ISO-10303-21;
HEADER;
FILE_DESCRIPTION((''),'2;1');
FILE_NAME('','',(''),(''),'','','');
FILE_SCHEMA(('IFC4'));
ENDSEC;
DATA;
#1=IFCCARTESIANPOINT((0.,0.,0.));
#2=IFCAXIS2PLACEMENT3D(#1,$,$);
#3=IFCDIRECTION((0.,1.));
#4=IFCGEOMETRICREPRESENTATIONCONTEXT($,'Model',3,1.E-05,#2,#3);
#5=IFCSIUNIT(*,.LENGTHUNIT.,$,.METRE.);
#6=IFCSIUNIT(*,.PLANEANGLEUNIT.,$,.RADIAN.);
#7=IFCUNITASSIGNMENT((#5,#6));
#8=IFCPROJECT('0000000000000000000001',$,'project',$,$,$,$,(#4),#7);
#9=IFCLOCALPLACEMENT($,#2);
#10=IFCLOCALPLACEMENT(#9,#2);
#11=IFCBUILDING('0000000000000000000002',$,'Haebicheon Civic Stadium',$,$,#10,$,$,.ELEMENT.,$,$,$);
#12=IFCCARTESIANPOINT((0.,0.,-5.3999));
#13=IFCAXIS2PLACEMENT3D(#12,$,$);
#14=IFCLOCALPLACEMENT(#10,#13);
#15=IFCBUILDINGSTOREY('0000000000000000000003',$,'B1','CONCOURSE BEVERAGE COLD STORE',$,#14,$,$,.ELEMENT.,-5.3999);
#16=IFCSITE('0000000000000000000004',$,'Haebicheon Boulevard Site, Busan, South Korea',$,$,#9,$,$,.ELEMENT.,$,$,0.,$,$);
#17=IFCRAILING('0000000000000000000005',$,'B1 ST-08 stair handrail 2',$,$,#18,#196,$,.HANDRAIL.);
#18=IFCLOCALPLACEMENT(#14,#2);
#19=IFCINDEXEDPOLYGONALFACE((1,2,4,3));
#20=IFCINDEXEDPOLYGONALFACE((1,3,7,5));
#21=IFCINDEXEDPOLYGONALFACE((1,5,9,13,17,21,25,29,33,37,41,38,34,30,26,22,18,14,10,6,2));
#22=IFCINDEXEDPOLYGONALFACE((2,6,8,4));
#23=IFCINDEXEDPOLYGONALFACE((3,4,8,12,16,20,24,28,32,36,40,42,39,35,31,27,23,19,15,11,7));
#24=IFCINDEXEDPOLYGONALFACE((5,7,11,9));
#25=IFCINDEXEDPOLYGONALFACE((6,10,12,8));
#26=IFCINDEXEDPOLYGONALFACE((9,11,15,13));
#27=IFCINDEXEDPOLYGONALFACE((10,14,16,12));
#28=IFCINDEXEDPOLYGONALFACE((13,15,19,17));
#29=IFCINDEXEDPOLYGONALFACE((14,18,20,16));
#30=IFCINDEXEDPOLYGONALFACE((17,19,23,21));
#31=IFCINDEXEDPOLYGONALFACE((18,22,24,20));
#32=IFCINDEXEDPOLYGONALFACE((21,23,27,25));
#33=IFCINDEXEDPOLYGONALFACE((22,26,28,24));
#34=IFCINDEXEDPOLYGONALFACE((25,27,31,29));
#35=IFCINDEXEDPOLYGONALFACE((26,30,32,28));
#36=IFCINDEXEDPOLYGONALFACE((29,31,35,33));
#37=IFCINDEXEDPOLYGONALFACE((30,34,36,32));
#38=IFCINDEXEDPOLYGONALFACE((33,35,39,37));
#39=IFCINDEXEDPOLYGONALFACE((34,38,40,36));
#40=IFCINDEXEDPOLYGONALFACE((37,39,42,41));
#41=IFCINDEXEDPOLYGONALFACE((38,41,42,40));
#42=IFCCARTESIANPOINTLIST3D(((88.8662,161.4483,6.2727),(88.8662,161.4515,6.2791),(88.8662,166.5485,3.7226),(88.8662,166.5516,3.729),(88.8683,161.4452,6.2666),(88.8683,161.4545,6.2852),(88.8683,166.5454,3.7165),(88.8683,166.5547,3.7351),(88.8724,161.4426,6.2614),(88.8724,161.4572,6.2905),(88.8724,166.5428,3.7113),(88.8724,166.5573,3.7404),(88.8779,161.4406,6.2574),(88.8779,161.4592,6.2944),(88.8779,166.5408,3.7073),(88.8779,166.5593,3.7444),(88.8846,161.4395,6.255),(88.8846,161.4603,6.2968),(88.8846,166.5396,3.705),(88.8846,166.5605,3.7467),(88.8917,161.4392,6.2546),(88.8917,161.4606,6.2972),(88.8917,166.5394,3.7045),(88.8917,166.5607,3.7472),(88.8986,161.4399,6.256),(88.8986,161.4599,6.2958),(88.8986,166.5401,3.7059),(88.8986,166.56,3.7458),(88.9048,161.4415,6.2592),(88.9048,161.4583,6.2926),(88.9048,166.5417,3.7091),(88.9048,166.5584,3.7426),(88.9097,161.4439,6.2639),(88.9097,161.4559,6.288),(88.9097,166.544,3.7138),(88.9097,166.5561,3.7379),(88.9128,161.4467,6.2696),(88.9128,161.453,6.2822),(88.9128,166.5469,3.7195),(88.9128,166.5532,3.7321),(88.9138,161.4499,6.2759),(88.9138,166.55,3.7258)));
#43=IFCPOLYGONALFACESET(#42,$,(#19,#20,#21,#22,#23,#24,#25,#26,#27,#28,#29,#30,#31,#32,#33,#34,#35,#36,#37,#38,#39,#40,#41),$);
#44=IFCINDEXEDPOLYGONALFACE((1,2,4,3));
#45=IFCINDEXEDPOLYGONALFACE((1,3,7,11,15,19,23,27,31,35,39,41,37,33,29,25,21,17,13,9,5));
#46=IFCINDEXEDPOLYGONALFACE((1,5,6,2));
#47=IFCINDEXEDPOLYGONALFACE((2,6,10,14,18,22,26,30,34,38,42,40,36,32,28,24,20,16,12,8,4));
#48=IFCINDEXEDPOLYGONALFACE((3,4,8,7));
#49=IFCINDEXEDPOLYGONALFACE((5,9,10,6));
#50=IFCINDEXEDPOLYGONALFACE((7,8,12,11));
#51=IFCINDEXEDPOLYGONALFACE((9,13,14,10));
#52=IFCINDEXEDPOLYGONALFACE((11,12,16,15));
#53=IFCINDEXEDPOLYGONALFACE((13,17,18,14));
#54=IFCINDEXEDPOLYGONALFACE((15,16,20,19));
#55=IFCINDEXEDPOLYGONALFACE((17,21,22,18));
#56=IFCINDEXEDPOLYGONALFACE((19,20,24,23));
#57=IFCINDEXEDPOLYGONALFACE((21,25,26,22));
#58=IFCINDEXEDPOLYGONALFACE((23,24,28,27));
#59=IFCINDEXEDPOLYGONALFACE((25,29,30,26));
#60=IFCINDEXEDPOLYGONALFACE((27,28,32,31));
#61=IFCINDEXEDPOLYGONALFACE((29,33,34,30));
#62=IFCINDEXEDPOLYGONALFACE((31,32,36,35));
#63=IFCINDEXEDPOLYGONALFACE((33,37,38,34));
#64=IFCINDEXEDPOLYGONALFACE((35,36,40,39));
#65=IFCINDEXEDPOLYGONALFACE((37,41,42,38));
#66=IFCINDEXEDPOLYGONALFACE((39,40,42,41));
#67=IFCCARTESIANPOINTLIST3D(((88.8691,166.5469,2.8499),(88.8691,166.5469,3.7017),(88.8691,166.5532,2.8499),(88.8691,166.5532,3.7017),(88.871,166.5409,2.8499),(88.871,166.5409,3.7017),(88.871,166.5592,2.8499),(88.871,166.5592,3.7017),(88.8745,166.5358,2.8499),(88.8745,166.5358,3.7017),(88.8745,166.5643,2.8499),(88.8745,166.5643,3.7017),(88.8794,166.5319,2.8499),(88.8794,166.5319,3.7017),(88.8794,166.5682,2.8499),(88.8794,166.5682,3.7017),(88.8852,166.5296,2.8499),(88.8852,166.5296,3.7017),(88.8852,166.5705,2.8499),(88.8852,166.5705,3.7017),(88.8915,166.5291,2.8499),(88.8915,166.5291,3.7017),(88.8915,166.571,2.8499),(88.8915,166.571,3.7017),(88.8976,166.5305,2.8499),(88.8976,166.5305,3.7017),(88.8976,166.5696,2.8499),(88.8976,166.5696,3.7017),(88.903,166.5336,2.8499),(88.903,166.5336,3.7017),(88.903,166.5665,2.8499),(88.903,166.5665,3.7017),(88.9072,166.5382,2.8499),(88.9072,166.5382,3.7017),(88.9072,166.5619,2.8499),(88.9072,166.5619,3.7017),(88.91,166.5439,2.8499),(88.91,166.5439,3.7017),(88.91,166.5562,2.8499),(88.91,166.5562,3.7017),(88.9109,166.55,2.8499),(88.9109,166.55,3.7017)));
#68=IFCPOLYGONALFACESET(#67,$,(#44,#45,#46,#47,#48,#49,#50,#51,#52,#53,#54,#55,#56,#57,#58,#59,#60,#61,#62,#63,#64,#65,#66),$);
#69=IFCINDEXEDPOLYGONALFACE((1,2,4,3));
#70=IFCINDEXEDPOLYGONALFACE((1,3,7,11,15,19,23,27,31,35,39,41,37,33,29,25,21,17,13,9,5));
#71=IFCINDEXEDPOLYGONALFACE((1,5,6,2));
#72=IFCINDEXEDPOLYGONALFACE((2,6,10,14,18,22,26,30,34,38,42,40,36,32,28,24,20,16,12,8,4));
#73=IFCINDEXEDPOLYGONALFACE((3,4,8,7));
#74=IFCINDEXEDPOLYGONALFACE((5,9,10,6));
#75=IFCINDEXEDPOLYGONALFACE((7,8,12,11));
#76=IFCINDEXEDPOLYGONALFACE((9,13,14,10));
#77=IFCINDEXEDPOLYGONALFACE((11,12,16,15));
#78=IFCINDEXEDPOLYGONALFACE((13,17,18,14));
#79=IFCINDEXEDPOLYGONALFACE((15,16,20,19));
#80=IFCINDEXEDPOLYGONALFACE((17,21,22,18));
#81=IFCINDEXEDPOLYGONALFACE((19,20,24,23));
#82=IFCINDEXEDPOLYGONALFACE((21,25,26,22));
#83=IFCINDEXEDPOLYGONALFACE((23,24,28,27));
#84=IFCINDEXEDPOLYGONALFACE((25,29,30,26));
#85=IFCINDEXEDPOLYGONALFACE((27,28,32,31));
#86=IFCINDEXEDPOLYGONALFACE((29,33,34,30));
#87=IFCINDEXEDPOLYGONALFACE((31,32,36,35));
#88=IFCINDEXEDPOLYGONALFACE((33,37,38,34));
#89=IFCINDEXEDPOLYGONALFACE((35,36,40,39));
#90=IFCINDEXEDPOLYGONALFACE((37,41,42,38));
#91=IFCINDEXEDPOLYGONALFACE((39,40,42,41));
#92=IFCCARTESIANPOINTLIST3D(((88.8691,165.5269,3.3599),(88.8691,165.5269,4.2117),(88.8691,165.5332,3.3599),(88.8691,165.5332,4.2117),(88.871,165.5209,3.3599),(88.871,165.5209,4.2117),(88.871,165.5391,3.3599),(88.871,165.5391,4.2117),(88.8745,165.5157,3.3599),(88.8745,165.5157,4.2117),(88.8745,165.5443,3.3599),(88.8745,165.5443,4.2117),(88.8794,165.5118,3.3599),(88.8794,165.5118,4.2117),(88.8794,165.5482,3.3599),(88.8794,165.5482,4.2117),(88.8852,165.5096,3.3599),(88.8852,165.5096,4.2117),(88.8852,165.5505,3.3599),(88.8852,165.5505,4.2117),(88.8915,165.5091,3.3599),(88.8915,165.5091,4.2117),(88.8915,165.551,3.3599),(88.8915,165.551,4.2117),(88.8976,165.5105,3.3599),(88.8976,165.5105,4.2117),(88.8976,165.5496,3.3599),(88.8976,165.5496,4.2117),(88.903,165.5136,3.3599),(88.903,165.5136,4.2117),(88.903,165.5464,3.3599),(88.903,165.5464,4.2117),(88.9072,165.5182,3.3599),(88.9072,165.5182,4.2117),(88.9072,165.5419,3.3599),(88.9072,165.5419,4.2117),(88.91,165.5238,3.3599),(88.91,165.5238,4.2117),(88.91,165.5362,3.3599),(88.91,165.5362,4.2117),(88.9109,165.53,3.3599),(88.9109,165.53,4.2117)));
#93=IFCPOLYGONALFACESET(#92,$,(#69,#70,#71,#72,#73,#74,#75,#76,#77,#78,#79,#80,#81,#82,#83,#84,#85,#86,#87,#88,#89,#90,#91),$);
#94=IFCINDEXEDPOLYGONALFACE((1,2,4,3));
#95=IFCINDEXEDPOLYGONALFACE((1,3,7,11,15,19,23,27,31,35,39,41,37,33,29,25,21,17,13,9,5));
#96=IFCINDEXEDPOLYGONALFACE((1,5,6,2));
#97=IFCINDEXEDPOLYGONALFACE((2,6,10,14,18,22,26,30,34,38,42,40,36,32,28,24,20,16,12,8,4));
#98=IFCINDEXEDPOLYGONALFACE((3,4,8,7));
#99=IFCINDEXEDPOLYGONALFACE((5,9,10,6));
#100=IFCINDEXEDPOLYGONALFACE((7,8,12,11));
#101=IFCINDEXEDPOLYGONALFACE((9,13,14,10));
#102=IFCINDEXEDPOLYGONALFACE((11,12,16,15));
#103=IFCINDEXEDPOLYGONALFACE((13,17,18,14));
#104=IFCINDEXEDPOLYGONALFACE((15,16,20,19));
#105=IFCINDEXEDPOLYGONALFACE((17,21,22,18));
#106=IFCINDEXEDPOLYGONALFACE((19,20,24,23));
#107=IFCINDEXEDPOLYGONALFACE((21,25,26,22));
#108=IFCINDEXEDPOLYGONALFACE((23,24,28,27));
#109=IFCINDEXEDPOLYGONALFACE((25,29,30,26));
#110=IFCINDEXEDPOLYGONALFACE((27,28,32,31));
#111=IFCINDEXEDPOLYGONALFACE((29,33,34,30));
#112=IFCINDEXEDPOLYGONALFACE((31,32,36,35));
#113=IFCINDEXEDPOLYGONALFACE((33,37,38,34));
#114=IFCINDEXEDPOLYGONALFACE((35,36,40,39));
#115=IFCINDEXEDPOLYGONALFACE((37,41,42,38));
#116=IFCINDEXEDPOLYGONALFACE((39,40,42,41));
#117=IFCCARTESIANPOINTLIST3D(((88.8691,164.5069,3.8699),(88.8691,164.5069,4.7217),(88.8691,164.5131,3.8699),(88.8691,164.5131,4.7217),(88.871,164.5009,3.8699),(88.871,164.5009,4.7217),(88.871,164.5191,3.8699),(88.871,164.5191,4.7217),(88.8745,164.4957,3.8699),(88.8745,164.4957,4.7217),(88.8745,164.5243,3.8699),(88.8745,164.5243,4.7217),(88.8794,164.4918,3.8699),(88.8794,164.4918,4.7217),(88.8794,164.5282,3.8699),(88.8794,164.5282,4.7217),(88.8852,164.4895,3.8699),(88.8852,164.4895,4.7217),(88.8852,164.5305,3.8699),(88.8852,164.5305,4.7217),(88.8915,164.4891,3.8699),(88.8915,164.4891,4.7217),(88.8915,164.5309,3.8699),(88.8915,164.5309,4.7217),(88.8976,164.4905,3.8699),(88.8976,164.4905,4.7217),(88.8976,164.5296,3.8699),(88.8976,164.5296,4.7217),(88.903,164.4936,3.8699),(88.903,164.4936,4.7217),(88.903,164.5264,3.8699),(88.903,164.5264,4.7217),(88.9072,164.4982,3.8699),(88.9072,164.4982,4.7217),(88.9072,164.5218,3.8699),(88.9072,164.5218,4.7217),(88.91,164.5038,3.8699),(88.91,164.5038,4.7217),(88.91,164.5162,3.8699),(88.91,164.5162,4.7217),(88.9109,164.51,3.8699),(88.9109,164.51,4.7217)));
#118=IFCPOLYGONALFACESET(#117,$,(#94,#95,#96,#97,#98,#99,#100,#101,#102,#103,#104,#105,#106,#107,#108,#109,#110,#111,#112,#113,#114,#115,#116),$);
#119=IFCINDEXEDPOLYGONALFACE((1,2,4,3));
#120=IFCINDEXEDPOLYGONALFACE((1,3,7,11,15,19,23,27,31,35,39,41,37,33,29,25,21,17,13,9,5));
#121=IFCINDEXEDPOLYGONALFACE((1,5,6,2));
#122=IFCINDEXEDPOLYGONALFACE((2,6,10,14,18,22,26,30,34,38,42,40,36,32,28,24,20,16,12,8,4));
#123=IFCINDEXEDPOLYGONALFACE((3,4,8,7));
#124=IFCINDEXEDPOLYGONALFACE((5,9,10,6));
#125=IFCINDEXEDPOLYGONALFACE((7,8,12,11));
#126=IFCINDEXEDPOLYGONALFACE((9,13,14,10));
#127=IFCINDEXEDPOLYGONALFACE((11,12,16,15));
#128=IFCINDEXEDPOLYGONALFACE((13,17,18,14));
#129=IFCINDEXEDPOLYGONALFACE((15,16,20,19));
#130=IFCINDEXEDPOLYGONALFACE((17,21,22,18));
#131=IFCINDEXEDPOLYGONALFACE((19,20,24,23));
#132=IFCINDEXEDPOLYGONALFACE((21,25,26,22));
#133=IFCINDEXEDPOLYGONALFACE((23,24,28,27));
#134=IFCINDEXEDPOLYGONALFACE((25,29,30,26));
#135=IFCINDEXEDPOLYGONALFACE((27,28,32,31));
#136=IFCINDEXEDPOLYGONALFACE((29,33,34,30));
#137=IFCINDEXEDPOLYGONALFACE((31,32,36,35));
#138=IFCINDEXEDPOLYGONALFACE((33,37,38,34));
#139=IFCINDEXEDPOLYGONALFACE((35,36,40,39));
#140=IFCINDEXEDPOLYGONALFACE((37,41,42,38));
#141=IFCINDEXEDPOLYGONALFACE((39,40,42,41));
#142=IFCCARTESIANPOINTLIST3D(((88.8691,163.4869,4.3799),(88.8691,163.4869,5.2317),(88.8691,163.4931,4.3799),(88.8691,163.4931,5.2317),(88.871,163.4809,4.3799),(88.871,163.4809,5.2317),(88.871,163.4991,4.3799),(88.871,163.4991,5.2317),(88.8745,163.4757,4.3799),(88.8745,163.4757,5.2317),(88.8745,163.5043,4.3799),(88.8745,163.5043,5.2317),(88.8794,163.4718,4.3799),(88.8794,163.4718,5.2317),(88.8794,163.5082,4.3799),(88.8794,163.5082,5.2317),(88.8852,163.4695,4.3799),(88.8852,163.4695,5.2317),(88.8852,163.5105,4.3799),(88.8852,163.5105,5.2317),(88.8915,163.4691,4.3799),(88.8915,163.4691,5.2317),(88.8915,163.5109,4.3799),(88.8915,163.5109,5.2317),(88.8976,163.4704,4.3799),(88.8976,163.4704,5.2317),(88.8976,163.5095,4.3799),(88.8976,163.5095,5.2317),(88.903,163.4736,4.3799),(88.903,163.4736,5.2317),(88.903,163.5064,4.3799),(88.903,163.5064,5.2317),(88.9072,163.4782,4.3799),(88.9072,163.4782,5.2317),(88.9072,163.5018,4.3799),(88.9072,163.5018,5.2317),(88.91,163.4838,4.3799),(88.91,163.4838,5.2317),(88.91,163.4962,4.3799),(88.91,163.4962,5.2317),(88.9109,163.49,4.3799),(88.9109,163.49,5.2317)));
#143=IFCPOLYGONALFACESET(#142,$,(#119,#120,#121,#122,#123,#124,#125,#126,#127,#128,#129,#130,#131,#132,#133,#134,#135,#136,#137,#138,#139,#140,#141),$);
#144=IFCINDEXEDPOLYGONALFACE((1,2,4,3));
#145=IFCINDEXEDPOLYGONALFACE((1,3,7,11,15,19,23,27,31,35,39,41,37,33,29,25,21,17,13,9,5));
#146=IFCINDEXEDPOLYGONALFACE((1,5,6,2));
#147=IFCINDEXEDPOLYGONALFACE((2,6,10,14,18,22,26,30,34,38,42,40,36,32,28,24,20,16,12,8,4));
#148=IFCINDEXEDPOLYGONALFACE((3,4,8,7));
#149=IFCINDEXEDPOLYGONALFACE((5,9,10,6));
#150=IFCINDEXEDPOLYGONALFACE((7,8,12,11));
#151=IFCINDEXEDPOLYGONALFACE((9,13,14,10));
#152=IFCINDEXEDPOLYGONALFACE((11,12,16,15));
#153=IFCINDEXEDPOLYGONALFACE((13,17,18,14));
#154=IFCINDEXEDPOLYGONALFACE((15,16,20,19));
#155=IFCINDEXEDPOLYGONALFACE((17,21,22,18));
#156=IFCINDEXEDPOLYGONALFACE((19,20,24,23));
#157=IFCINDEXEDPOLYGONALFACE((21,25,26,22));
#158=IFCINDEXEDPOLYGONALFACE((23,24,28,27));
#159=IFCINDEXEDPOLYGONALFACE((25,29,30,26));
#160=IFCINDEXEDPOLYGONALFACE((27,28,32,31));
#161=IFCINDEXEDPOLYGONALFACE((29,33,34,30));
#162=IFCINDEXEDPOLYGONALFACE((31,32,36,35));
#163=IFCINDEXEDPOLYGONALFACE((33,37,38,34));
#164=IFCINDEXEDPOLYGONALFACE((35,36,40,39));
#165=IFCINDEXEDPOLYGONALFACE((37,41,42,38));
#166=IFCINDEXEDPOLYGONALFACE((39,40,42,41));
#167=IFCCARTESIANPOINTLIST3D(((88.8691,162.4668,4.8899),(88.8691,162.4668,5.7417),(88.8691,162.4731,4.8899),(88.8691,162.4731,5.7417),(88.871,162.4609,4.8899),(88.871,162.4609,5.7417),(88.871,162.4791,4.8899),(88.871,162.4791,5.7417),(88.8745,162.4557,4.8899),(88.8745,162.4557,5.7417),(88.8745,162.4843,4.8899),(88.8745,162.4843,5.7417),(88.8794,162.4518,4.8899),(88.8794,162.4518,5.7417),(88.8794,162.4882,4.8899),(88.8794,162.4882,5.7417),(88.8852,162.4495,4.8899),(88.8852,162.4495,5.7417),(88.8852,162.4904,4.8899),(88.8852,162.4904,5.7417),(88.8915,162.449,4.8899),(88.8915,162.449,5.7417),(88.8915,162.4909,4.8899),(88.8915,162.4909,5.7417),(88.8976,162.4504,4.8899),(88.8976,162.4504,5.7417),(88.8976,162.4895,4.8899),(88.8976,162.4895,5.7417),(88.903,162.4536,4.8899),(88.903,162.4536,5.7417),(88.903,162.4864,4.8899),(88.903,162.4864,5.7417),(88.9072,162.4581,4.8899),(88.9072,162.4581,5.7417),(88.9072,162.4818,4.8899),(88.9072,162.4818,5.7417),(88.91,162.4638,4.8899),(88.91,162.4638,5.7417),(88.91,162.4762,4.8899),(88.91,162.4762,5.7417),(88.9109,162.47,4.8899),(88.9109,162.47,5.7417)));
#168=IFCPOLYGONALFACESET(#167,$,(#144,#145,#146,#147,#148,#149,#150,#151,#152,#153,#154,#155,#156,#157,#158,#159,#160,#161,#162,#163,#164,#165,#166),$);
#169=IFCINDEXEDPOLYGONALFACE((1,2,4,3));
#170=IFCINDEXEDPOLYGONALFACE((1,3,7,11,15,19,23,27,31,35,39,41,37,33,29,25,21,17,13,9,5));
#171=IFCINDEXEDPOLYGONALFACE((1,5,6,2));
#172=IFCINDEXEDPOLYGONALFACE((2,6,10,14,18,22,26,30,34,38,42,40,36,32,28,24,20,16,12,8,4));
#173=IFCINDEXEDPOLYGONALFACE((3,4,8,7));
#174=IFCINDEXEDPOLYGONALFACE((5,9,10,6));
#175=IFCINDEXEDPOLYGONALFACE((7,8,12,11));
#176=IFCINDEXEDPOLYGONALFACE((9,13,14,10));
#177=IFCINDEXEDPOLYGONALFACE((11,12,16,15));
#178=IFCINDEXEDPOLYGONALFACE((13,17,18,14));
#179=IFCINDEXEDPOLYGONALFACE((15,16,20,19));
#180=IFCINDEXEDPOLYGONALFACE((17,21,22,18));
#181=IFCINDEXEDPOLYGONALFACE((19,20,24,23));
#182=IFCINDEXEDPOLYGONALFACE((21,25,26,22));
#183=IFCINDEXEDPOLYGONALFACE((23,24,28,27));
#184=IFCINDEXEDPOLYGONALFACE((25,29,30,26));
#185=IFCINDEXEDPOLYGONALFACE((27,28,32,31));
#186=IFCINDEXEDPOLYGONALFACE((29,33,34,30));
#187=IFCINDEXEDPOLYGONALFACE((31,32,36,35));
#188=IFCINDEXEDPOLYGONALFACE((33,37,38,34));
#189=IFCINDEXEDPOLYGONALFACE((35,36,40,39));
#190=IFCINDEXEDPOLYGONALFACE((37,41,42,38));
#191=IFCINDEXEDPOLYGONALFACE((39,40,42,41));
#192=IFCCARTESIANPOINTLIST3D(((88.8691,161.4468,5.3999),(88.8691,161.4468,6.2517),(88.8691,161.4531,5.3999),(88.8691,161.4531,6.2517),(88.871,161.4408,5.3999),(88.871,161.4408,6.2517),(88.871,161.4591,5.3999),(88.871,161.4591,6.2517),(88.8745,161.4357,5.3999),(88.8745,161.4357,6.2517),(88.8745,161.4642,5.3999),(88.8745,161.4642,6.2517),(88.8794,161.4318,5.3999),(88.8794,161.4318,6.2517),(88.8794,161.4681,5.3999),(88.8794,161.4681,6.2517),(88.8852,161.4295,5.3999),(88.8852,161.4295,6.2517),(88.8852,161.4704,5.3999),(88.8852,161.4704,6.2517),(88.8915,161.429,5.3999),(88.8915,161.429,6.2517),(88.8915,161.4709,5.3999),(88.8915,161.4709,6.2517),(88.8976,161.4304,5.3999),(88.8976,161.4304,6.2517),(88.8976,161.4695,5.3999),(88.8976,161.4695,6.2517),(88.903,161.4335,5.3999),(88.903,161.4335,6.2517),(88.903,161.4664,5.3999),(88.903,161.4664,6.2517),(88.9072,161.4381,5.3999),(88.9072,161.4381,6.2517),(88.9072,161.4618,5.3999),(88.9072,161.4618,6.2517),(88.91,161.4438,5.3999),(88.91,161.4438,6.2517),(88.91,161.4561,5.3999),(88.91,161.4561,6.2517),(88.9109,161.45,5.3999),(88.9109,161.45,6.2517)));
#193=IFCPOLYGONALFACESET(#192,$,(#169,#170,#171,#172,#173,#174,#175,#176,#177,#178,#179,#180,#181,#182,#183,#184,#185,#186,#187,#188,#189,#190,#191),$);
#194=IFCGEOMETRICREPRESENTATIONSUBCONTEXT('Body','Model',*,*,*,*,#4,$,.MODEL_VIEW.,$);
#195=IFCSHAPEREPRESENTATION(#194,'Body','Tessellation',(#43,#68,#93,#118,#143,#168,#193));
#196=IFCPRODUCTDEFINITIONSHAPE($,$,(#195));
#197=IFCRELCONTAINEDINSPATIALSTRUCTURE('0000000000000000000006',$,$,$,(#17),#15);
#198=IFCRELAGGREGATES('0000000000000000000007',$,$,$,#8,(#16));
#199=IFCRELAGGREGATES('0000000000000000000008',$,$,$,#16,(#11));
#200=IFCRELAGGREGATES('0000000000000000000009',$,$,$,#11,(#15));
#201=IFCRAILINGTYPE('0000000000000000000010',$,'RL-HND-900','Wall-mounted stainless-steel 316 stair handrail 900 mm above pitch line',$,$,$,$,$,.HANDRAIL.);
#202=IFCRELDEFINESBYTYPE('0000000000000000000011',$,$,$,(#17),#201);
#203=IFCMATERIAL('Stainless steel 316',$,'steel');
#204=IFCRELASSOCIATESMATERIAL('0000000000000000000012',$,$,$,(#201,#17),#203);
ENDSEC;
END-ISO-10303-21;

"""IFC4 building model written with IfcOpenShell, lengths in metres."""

from ifc_helpers import new_model, si_unit, direction, frame, origin, origin_2d, place, context, subcontext, project, spatial, circle, extrude, material, type_object, element, save


model = new_model("IFC4")

# Units and contexts
model_context = context("Model", 3, precision=1e-05, world=origin(), true_north=direction((0.0, 1.0)))
body_context = subcontext(model_context, "Body", "Model", "MODEL_VIEW")
ifc_project = project(units=[si_unit("LENGTHUNIT", "METRE"), si_unit("PLANEANGLEUNIT", "RADIAN")], contexts=[model_context])

# Site, building, storey
site_placement = place(None, origin())
site = spatial("IfcSite", under=ifc_project, at=site_placement, Name="Haebicheon Boulevard Site, Busan, South Korea", CompositionType="ELEMENT", RefElevation=0.0)
building_placement = place(site_placement, origin())
building = spatial("IfcBuilding", under=site, at=building_placement, Name="Haebicheon Civic Stadium", CompositionType="ELEMENT")
storey_placement = place(building_placement, frame((0.0, 0.0, -5.3999)))
storey = spatial("IfcBuildingStorey", under=building, at=storey_placement, Name="B1", Description="CONCOURSE BEVERAGE COLD STORE", CompositionType="ELEMENT", Elevation=-5.3999)

# Railing
ifc_material_1 = material(Name="Stainless steel 316", Category="steel")
railing_type_1 = type_object("IfcRailingType", Name="RL-HND-900", Description="Wall-mounted stainless-steel 316 stair handrail 900 mm above pitch line", PredefinedType="HANDRAIL", material=ifc_material_1)
railing_1_placement = place(storey_placement, frame((88.8899, 166.55, 2.8499)))
element("IfcRailing", 1, at=railing_1_placement, inside=storey, type_object=railing_type_1, material=ifc_material_1, Name="B1 ST-08 stair handrail 2", PredefinedType="HANDRAIL", context=body_context, shape_type="SweptSolid", body=[
    extrude(circle(Radius=0.0239, at=origin_2d()), frame((0.0, 0.0, 0.876), z_axis=(0.0, -0.894427, 0.447214), x_axis=(1.0, 0.0, 0.0)), (0.0, 0.0, 1.0), 5.7021),
    extrude(circle(Radius=0.021, at=origin_2d()), origin(), (0.0, 0.0, 1.0), 0.8518),
    extrude(circle(Radius=0.021, at=origin_2d()), frame((0.0, -1.02, 0.51)), (0.0, 0.0, 1.0), 0.8518),
    extrude(circle(Radius=0.021, at=origin_2d()), frame((0.0, -2.04, 1.02)), (0.0, 0.0, 1.0), 0.8518),
    extrude(circle(Radius=0.021, at=origin_2d()), frame((0.0, -3.0601, 1.53)), (0.0, 0.0, 1.0), 0.8518),
    extrude(circle(Radius=0.021, at=origin_2d()), frame((0.0, -4.0801, 2.04)), (0.0, 0.0, 1.0), 0.8518),
    extrude(circle(Radius=0.021, at=origin_2d()), frame((0.0, -5.1001, 2.55)), (0.0, 0.0, 1.0), 0.8518),
])

save(model, "model.ifc")
